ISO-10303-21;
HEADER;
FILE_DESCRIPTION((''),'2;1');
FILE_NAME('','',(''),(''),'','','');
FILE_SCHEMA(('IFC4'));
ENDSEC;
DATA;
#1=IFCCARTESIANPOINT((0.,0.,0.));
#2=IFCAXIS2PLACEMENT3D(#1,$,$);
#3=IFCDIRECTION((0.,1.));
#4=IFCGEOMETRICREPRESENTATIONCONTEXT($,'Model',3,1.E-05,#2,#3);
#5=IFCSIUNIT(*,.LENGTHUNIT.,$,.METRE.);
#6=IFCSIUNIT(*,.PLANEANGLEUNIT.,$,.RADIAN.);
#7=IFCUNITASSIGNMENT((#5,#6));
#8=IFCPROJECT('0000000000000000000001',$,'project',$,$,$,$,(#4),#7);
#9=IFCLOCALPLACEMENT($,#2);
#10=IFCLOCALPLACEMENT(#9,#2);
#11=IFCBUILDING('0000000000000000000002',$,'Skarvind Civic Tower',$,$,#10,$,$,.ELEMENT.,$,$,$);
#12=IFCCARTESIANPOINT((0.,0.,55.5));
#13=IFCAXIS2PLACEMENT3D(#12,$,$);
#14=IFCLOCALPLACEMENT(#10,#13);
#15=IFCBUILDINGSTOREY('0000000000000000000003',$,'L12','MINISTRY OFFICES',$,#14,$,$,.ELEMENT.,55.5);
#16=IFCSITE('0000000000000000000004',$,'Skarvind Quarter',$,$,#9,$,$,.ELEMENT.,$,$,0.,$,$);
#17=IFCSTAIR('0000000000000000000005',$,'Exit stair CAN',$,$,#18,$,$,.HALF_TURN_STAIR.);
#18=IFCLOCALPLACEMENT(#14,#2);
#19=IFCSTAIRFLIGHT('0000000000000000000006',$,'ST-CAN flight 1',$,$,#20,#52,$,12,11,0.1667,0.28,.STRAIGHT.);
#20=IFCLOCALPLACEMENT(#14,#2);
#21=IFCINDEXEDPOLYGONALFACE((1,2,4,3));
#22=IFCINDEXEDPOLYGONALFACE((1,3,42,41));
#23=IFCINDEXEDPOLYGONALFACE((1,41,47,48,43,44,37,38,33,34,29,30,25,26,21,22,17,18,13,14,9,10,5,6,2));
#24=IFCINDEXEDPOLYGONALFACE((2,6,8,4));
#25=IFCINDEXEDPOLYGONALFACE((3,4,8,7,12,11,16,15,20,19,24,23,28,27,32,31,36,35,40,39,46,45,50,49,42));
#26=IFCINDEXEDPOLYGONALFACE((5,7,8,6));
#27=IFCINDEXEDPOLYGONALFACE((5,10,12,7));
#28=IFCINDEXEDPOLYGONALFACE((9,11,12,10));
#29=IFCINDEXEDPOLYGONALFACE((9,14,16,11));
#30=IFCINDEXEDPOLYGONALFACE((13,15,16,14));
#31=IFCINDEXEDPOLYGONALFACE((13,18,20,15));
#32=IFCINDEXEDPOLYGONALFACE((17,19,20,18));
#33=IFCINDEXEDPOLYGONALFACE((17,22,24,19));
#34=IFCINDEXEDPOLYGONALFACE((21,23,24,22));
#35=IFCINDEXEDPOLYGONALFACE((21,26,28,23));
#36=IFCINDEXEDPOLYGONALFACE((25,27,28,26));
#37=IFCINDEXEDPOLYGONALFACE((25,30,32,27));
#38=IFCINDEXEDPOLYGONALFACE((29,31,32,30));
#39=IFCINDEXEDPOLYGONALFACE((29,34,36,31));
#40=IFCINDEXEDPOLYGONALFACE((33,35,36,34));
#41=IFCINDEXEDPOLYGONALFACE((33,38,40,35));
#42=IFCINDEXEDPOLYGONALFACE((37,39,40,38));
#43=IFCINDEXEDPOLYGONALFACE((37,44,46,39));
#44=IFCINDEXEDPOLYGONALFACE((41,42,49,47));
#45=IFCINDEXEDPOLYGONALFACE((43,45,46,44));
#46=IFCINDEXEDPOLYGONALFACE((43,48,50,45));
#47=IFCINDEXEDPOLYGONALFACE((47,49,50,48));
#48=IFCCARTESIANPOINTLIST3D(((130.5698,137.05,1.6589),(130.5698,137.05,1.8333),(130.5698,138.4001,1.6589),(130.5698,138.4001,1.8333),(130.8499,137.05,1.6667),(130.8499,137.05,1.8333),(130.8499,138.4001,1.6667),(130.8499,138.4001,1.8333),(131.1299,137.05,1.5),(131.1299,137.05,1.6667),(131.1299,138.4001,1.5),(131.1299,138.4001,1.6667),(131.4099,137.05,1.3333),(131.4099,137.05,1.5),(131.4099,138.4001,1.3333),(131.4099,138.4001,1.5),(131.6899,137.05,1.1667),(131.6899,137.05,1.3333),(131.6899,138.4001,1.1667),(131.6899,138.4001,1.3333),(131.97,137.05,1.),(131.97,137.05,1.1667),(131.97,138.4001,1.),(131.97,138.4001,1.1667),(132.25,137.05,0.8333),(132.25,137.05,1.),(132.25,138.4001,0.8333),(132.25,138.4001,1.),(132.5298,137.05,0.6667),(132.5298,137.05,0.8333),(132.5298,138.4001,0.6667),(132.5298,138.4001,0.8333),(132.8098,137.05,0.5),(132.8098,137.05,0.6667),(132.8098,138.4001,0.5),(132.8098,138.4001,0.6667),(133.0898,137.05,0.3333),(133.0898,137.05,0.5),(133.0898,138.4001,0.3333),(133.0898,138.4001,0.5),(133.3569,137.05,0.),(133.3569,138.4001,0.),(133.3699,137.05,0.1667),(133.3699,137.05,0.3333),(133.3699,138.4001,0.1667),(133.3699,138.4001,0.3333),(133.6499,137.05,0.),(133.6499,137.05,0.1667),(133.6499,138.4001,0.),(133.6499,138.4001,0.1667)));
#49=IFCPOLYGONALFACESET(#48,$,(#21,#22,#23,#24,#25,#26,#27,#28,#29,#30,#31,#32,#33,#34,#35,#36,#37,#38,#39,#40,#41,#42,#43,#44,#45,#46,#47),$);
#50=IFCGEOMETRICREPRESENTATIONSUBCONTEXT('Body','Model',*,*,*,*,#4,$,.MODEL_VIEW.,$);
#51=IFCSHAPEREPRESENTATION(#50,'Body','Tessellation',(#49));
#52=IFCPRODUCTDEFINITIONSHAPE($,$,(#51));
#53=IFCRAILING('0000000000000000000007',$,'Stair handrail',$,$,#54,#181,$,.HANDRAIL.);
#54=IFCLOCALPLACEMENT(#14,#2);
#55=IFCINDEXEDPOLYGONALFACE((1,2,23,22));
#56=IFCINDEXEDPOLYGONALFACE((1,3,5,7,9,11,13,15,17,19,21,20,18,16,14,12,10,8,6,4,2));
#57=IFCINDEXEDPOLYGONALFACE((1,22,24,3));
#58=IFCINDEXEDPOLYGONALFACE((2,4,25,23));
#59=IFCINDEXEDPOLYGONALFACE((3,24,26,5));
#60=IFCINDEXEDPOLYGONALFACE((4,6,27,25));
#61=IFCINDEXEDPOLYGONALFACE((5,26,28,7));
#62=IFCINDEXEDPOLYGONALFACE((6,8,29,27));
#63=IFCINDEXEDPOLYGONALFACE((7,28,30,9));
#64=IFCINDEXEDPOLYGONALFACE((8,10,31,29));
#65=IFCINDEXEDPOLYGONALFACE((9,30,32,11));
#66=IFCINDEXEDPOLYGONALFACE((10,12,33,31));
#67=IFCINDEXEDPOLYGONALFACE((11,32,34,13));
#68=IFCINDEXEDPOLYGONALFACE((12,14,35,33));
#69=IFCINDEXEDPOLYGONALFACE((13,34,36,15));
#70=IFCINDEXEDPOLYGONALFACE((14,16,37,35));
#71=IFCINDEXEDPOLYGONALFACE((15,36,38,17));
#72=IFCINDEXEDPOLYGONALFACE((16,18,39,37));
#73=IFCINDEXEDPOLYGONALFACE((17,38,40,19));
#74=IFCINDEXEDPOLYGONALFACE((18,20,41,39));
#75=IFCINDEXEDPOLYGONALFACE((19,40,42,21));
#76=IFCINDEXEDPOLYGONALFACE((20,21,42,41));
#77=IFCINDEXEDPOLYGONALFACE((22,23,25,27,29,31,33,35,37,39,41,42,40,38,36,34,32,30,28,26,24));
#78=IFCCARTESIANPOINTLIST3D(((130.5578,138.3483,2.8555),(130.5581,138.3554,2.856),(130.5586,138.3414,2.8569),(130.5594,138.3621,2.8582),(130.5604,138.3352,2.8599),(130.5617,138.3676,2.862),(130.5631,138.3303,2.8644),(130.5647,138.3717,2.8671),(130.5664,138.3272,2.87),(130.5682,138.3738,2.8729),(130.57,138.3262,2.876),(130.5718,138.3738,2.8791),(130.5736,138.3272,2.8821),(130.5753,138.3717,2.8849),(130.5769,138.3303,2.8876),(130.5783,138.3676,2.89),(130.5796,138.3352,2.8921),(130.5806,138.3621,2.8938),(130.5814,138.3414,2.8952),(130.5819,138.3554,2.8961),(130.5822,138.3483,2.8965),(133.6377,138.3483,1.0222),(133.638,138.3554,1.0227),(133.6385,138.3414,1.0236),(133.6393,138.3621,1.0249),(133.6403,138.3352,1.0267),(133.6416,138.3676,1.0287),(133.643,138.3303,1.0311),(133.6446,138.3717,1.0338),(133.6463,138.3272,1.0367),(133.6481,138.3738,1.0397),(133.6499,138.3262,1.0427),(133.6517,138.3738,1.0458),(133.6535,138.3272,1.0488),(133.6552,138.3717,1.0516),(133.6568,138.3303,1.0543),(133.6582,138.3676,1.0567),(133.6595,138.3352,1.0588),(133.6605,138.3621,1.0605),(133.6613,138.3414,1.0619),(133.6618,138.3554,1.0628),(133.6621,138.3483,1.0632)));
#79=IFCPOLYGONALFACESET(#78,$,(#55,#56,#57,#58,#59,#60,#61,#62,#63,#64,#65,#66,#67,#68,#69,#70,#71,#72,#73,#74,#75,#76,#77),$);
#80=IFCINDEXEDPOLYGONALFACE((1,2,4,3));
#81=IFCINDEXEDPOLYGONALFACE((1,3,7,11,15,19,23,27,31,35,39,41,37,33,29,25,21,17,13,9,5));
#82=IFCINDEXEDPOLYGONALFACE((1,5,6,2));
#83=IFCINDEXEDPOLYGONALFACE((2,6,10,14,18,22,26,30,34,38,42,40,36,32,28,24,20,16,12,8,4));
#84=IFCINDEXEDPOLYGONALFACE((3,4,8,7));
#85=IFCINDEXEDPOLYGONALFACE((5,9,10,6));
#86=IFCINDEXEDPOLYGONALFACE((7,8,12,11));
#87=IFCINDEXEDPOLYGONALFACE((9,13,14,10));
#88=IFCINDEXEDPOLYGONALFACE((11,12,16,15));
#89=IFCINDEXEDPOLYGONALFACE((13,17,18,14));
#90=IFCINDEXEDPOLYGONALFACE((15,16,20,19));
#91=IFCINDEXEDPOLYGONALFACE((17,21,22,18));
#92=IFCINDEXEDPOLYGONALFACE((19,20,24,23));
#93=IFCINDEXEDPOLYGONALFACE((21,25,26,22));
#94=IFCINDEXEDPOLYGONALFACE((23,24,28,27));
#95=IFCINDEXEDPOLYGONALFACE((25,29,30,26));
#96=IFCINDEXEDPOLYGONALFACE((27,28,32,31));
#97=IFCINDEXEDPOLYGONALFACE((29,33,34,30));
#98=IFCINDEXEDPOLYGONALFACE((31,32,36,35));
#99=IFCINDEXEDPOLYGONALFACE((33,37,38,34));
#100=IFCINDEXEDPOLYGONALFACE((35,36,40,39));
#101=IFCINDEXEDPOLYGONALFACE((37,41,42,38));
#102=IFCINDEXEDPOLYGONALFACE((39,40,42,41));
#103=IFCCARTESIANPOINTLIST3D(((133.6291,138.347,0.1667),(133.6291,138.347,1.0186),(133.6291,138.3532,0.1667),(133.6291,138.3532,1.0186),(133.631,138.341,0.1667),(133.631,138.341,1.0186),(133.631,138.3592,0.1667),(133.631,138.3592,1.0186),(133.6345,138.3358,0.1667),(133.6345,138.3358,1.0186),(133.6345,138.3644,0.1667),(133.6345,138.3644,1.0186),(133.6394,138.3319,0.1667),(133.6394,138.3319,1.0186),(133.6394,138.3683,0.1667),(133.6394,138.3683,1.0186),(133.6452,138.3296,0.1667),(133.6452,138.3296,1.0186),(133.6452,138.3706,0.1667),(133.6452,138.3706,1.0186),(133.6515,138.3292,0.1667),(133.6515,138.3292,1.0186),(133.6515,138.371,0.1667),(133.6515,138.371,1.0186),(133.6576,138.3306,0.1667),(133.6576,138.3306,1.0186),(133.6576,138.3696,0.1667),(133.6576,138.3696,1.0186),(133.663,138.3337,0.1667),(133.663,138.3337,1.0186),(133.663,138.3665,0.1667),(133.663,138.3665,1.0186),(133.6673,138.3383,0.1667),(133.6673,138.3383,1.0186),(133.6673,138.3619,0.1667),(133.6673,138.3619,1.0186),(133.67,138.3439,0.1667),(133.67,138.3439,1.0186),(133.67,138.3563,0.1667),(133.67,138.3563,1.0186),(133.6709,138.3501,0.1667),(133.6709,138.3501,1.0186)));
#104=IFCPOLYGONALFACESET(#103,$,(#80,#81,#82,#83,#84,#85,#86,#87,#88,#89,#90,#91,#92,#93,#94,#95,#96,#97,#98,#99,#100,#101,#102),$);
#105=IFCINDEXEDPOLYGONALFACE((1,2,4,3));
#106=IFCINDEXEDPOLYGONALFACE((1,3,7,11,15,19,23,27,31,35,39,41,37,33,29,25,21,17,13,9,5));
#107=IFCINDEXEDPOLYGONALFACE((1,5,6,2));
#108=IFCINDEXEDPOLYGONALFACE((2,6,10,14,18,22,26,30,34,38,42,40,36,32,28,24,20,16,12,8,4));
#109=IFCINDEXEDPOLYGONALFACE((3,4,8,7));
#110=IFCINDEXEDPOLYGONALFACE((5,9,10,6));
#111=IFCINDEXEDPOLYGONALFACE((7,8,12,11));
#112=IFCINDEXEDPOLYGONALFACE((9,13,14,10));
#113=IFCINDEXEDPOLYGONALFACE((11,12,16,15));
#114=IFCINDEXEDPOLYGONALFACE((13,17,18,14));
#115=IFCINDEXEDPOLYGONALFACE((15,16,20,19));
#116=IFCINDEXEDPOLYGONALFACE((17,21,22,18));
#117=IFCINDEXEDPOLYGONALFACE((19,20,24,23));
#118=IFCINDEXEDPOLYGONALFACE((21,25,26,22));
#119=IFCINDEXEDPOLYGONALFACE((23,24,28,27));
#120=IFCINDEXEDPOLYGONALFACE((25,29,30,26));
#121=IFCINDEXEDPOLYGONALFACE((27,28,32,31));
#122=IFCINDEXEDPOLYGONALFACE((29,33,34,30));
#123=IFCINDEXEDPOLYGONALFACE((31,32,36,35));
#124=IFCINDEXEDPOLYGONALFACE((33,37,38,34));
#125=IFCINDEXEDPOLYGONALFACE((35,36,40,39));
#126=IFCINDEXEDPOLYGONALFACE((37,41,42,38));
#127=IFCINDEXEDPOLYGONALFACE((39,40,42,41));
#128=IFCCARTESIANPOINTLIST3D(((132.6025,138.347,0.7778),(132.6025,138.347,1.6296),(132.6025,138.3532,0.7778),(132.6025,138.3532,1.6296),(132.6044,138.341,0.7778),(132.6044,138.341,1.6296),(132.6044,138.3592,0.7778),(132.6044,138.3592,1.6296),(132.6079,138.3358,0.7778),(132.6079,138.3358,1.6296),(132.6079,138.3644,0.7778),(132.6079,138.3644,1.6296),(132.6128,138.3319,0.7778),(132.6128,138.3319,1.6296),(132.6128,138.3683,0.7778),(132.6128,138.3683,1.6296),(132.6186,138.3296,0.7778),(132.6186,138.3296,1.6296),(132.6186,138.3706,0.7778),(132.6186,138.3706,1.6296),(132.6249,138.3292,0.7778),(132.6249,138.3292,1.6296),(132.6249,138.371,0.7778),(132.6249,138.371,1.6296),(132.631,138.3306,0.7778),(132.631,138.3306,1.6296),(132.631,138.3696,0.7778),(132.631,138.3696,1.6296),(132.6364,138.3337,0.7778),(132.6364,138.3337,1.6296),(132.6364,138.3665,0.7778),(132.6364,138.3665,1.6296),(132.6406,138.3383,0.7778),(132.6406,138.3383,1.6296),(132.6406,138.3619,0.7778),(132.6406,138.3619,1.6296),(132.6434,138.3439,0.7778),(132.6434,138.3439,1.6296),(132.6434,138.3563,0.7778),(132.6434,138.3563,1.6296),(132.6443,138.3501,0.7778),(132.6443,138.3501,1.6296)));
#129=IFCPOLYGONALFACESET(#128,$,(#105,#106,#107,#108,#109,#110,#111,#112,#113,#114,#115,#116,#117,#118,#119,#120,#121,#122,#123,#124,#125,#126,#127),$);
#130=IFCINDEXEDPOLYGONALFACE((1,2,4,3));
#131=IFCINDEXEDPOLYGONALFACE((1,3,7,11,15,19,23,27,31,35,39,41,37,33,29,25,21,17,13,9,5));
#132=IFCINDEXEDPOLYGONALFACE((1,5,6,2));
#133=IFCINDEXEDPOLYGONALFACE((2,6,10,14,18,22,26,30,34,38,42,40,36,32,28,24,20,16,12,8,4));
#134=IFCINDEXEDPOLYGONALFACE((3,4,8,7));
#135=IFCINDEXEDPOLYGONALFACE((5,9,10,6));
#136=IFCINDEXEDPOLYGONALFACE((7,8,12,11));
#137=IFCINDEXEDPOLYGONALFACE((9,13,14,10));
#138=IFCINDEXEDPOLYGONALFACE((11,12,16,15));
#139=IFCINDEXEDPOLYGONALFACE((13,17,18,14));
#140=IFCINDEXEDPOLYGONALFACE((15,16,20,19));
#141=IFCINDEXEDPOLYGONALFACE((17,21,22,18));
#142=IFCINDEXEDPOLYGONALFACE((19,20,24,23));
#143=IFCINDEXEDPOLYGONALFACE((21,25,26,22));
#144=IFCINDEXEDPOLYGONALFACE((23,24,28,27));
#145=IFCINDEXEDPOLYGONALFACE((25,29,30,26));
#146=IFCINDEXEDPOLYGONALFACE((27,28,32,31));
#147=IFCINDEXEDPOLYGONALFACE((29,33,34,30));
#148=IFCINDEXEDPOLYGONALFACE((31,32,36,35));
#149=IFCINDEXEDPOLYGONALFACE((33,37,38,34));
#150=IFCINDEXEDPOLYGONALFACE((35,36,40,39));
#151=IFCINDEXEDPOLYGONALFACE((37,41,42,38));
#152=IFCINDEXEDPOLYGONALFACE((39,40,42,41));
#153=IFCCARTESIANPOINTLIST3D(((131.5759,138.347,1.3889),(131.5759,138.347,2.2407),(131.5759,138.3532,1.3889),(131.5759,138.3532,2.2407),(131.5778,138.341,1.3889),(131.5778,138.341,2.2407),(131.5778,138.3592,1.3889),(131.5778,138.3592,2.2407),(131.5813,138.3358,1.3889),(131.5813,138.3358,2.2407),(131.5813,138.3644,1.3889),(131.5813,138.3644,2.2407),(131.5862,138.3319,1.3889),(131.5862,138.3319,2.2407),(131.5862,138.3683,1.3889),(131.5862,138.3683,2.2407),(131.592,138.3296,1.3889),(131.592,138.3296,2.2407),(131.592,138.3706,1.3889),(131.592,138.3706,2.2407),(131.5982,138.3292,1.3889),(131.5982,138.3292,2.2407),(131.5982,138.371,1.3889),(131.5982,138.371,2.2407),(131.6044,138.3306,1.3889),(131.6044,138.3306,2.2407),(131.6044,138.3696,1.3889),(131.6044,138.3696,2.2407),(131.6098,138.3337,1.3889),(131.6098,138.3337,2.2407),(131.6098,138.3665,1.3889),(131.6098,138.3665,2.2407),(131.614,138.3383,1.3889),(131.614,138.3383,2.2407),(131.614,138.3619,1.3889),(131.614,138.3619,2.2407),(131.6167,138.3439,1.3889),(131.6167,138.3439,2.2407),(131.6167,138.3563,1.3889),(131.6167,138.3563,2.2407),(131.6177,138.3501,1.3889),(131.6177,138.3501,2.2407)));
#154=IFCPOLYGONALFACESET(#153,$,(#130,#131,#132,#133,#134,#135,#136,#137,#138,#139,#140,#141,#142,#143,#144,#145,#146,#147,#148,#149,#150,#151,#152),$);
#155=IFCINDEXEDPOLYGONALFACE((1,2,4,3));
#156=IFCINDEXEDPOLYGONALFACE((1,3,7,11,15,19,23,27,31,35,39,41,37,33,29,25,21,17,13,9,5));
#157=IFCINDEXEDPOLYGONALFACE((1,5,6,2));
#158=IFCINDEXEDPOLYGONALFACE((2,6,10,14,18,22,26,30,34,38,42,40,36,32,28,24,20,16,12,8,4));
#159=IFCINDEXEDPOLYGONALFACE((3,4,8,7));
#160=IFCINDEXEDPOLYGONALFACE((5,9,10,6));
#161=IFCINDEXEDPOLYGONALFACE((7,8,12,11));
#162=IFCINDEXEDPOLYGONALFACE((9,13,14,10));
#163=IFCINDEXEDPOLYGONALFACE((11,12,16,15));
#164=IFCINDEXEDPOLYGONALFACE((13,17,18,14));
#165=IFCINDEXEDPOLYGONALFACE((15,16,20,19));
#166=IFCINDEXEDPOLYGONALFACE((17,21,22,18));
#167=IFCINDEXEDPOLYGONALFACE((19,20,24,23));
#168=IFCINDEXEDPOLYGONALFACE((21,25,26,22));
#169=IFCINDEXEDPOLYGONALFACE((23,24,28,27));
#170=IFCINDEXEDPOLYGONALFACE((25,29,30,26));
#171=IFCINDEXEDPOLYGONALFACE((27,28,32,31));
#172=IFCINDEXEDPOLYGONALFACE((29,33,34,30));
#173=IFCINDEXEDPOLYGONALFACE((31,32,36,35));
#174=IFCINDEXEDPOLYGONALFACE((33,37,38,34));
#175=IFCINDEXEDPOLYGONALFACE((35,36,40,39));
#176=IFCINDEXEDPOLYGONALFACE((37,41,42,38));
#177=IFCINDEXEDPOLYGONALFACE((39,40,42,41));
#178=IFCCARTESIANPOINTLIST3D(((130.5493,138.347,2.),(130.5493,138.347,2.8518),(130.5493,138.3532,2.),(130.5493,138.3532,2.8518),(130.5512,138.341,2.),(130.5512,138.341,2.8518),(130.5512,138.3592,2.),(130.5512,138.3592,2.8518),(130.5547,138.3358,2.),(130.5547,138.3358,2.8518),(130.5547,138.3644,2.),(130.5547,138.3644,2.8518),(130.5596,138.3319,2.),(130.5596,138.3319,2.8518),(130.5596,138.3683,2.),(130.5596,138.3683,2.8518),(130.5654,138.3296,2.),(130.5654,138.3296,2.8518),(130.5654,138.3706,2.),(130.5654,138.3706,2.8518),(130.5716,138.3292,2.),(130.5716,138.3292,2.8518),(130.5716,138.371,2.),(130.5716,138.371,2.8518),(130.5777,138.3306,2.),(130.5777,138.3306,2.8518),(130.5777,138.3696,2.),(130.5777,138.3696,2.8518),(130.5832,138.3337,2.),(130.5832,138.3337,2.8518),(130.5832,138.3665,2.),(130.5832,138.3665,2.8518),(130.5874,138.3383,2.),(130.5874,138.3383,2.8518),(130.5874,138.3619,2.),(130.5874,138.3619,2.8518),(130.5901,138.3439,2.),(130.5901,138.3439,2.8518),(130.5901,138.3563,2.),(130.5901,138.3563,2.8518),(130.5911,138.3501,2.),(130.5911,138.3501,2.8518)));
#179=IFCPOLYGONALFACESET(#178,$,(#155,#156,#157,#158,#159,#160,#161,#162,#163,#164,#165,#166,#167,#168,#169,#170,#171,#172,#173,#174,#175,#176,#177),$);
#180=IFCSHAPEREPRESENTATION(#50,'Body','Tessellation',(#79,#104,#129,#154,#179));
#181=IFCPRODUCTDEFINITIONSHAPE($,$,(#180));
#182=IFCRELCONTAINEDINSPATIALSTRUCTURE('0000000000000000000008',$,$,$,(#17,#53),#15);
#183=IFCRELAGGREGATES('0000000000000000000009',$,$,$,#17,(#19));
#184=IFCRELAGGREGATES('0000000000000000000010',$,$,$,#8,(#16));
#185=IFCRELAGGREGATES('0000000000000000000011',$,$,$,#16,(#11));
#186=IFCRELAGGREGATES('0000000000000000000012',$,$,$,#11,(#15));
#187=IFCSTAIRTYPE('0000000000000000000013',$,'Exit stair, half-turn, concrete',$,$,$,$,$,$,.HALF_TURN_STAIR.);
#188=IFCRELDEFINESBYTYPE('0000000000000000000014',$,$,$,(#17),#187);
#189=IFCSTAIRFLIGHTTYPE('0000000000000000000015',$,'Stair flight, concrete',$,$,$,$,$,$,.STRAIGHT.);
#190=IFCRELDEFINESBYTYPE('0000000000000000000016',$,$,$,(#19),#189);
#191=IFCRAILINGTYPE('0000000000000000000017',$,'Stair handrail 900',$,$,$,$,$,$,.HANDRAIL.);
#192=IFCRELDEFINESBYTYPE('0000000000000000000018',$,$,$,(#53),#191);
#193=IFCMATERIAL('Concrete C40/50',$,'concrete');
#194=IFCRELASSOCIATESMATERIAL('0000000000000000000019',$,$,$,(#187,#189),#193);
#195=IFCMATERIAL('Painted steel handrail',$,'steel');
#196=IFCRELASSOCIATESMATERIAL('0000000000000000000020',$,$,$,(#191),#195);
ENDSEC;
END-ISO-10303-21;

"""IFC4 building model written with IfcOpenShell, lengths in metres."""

from ifc_helpers import new_model, si_unit, direction, frame, origin, origin_2d, place, context, subcontext, project, spatial, polyline, circle, outline, extrude, material, type_object, element, aggregate, save


model = new_model("IFC4")

# Units and contexts
model_context = context("Model", 3, precision=1e-05, world=origin(), true_north=direction((0.0, 1.0)))
body_context = subcontext(model_context, "Body", "Model", "MODEL_VIEW")
ifc_project = project(units=[si_unit("LENGTHUNIT", "METRE"), si_unit("PLANEANGLEUNIT", "RADIAN")], contexts=[model_context])

# Site, building, storey
site_placement = place(None, origin())
site = spatial("IfcSite", under=ifc_project, at=site_placement, Name="Skarvind Quarter", CompositionType="ELEMENT", RefElevation=0.0)
building_placement = place(site_placement, origin())
building = spatial("IfcBuilding", under=site, at=building_placement, Name="Skarvind Civic Tower", CompositionType="ELEMENT")
storey_placement = place(building_placement, frame((0.0, 0.0, 55.5)))
storey = spatial("IfcBuildingStorey", under=building, at=storey_placement, Name="L12", Description="MINISTRY OFFICES", CompositionType="ELEMENT", Elevation=55.5)

# Stair, stair flight
ifc_material_1 = material(Name="Concrete C40/50", Category="concrete")
stair_type = type_object("IfcStairType", Name="Exit stair, half-turn, concrete", PredefinedType="HALF_TURN_STAIR", material=ifc_material_1)
stair_placement = place(storey_placement, origin())
stair = element("IfcStair", 1, at=stair_placement, inside=storey, type_object=stair_type, Name="Exit stair CAN", PredefinedType="HALF_TURN_STAIR")
stair_flight_type = type_object("IfcStairFlightType", Name="Stair flight, concrete", PredefinedType="STRAIGHT", material=ifc_material_1)
stair_flight_placement = place(storey_placement, frame((133.6499, 137.7251, 0.0), z_axis=(0.0, 0.0, 1.0), x_axis=(-1.0, 0.0, 0.0)))
stair_flight = element("IfcStairFlight", 2, at=stair_flight_placement, type_object=stair_flight_type, Name="ST-CAN flight 1", NumberOfRisers=12, NumberOfTreads=11, PredefinedType="STRAIGHT", RiserHeight=0.1667, TreadLength=0.28, context=body_context, shape_type="SweptSolid", body=[
    extrude(outline(polyline([(0.0, 0.0), (0.0, 0.1667), (0.28, 0.1667), (0.28, 0.3333), (0.5601, 0.3333), (0.5601, 0.5), (0.8401, 0.5), (0.8401, 0.6667), (1.1201, 0.6667), (1.1201, 0.8333), (1.3999, 0.8333), (1.3999, 1.0), (1.6799, 1.0), (1.6799, 1.1667), (1.96, 1.1667), (1.96, 1.3333), (2.24, 1.3333), (2.24, 1.5), (2.52, 1.5), (2.52, 1.6667), (2.8, 1.6667), (2.8, 1.8333), (3.0801, 1.8333), (3.0801, 2.0), (3.0801, 1.6589), (0.293, 0.0), (0.0, 0.0)])), frame((0.0, 0.675, 0.0), z_axis=(0.0, -1.0, 0.0), x_axis=(1.0, 0.0, 0.0)), (0.0, 0.0, 1.0), 1.3501),
])
aggregate(stair, [stair_flight])

# Railing
ifc_material_2 = material(Name="Painted steel handrail", Category="steel")
railing_type = type_object("IfcRailingType", Name="Stair handrail 900", PredefinedType="HANDRAIL", material=ifc_material_2)
railing_placement = place(storey_placement, frame((133.6499, 138.3501, 0.1667)))
element("IfcRailing", 3, at=railing_placement, inside=storey, type_object=railing_type, Name="Stair handrail", PredefinedType="HANDRAIL", context=body_context, shape_type="SweptSolid", body=[
    extrude(circle(Radius=0.0239, at=origin_2d()), frame((0.0, 0.0, 0.876), z_axis=(-0.859291, 0.0, 0.511487), x_axis=(0.0, -1.0, 0.0)), (0.0, 0.0, 1.0), 3.5842),
    extrude(circle(Radius=0.021, at=origin_2d()), origin(), (0.0, 0.0, 1.0), 0.8518),
    extrude(circle(Radius=0.021, at=origin_2d()), frame((-1.0266, 0.0, 0.6111)), (0.0, 0.0, 1.0), 0.8518),
    extrude(circle(Radius=0.021, at=origin_2d()), frame((-2.0532, 0.0, 1.2222)), (0.0, 0.0, 1.0), 0.8518),
    extrude(circle(Radius=0.021, at=origin_2d()), frame((-3.0798, 0.0, 1.8333)), (0.0, 0.0, 1.0), 0.8518),
])

save(model, "model.ifc")
